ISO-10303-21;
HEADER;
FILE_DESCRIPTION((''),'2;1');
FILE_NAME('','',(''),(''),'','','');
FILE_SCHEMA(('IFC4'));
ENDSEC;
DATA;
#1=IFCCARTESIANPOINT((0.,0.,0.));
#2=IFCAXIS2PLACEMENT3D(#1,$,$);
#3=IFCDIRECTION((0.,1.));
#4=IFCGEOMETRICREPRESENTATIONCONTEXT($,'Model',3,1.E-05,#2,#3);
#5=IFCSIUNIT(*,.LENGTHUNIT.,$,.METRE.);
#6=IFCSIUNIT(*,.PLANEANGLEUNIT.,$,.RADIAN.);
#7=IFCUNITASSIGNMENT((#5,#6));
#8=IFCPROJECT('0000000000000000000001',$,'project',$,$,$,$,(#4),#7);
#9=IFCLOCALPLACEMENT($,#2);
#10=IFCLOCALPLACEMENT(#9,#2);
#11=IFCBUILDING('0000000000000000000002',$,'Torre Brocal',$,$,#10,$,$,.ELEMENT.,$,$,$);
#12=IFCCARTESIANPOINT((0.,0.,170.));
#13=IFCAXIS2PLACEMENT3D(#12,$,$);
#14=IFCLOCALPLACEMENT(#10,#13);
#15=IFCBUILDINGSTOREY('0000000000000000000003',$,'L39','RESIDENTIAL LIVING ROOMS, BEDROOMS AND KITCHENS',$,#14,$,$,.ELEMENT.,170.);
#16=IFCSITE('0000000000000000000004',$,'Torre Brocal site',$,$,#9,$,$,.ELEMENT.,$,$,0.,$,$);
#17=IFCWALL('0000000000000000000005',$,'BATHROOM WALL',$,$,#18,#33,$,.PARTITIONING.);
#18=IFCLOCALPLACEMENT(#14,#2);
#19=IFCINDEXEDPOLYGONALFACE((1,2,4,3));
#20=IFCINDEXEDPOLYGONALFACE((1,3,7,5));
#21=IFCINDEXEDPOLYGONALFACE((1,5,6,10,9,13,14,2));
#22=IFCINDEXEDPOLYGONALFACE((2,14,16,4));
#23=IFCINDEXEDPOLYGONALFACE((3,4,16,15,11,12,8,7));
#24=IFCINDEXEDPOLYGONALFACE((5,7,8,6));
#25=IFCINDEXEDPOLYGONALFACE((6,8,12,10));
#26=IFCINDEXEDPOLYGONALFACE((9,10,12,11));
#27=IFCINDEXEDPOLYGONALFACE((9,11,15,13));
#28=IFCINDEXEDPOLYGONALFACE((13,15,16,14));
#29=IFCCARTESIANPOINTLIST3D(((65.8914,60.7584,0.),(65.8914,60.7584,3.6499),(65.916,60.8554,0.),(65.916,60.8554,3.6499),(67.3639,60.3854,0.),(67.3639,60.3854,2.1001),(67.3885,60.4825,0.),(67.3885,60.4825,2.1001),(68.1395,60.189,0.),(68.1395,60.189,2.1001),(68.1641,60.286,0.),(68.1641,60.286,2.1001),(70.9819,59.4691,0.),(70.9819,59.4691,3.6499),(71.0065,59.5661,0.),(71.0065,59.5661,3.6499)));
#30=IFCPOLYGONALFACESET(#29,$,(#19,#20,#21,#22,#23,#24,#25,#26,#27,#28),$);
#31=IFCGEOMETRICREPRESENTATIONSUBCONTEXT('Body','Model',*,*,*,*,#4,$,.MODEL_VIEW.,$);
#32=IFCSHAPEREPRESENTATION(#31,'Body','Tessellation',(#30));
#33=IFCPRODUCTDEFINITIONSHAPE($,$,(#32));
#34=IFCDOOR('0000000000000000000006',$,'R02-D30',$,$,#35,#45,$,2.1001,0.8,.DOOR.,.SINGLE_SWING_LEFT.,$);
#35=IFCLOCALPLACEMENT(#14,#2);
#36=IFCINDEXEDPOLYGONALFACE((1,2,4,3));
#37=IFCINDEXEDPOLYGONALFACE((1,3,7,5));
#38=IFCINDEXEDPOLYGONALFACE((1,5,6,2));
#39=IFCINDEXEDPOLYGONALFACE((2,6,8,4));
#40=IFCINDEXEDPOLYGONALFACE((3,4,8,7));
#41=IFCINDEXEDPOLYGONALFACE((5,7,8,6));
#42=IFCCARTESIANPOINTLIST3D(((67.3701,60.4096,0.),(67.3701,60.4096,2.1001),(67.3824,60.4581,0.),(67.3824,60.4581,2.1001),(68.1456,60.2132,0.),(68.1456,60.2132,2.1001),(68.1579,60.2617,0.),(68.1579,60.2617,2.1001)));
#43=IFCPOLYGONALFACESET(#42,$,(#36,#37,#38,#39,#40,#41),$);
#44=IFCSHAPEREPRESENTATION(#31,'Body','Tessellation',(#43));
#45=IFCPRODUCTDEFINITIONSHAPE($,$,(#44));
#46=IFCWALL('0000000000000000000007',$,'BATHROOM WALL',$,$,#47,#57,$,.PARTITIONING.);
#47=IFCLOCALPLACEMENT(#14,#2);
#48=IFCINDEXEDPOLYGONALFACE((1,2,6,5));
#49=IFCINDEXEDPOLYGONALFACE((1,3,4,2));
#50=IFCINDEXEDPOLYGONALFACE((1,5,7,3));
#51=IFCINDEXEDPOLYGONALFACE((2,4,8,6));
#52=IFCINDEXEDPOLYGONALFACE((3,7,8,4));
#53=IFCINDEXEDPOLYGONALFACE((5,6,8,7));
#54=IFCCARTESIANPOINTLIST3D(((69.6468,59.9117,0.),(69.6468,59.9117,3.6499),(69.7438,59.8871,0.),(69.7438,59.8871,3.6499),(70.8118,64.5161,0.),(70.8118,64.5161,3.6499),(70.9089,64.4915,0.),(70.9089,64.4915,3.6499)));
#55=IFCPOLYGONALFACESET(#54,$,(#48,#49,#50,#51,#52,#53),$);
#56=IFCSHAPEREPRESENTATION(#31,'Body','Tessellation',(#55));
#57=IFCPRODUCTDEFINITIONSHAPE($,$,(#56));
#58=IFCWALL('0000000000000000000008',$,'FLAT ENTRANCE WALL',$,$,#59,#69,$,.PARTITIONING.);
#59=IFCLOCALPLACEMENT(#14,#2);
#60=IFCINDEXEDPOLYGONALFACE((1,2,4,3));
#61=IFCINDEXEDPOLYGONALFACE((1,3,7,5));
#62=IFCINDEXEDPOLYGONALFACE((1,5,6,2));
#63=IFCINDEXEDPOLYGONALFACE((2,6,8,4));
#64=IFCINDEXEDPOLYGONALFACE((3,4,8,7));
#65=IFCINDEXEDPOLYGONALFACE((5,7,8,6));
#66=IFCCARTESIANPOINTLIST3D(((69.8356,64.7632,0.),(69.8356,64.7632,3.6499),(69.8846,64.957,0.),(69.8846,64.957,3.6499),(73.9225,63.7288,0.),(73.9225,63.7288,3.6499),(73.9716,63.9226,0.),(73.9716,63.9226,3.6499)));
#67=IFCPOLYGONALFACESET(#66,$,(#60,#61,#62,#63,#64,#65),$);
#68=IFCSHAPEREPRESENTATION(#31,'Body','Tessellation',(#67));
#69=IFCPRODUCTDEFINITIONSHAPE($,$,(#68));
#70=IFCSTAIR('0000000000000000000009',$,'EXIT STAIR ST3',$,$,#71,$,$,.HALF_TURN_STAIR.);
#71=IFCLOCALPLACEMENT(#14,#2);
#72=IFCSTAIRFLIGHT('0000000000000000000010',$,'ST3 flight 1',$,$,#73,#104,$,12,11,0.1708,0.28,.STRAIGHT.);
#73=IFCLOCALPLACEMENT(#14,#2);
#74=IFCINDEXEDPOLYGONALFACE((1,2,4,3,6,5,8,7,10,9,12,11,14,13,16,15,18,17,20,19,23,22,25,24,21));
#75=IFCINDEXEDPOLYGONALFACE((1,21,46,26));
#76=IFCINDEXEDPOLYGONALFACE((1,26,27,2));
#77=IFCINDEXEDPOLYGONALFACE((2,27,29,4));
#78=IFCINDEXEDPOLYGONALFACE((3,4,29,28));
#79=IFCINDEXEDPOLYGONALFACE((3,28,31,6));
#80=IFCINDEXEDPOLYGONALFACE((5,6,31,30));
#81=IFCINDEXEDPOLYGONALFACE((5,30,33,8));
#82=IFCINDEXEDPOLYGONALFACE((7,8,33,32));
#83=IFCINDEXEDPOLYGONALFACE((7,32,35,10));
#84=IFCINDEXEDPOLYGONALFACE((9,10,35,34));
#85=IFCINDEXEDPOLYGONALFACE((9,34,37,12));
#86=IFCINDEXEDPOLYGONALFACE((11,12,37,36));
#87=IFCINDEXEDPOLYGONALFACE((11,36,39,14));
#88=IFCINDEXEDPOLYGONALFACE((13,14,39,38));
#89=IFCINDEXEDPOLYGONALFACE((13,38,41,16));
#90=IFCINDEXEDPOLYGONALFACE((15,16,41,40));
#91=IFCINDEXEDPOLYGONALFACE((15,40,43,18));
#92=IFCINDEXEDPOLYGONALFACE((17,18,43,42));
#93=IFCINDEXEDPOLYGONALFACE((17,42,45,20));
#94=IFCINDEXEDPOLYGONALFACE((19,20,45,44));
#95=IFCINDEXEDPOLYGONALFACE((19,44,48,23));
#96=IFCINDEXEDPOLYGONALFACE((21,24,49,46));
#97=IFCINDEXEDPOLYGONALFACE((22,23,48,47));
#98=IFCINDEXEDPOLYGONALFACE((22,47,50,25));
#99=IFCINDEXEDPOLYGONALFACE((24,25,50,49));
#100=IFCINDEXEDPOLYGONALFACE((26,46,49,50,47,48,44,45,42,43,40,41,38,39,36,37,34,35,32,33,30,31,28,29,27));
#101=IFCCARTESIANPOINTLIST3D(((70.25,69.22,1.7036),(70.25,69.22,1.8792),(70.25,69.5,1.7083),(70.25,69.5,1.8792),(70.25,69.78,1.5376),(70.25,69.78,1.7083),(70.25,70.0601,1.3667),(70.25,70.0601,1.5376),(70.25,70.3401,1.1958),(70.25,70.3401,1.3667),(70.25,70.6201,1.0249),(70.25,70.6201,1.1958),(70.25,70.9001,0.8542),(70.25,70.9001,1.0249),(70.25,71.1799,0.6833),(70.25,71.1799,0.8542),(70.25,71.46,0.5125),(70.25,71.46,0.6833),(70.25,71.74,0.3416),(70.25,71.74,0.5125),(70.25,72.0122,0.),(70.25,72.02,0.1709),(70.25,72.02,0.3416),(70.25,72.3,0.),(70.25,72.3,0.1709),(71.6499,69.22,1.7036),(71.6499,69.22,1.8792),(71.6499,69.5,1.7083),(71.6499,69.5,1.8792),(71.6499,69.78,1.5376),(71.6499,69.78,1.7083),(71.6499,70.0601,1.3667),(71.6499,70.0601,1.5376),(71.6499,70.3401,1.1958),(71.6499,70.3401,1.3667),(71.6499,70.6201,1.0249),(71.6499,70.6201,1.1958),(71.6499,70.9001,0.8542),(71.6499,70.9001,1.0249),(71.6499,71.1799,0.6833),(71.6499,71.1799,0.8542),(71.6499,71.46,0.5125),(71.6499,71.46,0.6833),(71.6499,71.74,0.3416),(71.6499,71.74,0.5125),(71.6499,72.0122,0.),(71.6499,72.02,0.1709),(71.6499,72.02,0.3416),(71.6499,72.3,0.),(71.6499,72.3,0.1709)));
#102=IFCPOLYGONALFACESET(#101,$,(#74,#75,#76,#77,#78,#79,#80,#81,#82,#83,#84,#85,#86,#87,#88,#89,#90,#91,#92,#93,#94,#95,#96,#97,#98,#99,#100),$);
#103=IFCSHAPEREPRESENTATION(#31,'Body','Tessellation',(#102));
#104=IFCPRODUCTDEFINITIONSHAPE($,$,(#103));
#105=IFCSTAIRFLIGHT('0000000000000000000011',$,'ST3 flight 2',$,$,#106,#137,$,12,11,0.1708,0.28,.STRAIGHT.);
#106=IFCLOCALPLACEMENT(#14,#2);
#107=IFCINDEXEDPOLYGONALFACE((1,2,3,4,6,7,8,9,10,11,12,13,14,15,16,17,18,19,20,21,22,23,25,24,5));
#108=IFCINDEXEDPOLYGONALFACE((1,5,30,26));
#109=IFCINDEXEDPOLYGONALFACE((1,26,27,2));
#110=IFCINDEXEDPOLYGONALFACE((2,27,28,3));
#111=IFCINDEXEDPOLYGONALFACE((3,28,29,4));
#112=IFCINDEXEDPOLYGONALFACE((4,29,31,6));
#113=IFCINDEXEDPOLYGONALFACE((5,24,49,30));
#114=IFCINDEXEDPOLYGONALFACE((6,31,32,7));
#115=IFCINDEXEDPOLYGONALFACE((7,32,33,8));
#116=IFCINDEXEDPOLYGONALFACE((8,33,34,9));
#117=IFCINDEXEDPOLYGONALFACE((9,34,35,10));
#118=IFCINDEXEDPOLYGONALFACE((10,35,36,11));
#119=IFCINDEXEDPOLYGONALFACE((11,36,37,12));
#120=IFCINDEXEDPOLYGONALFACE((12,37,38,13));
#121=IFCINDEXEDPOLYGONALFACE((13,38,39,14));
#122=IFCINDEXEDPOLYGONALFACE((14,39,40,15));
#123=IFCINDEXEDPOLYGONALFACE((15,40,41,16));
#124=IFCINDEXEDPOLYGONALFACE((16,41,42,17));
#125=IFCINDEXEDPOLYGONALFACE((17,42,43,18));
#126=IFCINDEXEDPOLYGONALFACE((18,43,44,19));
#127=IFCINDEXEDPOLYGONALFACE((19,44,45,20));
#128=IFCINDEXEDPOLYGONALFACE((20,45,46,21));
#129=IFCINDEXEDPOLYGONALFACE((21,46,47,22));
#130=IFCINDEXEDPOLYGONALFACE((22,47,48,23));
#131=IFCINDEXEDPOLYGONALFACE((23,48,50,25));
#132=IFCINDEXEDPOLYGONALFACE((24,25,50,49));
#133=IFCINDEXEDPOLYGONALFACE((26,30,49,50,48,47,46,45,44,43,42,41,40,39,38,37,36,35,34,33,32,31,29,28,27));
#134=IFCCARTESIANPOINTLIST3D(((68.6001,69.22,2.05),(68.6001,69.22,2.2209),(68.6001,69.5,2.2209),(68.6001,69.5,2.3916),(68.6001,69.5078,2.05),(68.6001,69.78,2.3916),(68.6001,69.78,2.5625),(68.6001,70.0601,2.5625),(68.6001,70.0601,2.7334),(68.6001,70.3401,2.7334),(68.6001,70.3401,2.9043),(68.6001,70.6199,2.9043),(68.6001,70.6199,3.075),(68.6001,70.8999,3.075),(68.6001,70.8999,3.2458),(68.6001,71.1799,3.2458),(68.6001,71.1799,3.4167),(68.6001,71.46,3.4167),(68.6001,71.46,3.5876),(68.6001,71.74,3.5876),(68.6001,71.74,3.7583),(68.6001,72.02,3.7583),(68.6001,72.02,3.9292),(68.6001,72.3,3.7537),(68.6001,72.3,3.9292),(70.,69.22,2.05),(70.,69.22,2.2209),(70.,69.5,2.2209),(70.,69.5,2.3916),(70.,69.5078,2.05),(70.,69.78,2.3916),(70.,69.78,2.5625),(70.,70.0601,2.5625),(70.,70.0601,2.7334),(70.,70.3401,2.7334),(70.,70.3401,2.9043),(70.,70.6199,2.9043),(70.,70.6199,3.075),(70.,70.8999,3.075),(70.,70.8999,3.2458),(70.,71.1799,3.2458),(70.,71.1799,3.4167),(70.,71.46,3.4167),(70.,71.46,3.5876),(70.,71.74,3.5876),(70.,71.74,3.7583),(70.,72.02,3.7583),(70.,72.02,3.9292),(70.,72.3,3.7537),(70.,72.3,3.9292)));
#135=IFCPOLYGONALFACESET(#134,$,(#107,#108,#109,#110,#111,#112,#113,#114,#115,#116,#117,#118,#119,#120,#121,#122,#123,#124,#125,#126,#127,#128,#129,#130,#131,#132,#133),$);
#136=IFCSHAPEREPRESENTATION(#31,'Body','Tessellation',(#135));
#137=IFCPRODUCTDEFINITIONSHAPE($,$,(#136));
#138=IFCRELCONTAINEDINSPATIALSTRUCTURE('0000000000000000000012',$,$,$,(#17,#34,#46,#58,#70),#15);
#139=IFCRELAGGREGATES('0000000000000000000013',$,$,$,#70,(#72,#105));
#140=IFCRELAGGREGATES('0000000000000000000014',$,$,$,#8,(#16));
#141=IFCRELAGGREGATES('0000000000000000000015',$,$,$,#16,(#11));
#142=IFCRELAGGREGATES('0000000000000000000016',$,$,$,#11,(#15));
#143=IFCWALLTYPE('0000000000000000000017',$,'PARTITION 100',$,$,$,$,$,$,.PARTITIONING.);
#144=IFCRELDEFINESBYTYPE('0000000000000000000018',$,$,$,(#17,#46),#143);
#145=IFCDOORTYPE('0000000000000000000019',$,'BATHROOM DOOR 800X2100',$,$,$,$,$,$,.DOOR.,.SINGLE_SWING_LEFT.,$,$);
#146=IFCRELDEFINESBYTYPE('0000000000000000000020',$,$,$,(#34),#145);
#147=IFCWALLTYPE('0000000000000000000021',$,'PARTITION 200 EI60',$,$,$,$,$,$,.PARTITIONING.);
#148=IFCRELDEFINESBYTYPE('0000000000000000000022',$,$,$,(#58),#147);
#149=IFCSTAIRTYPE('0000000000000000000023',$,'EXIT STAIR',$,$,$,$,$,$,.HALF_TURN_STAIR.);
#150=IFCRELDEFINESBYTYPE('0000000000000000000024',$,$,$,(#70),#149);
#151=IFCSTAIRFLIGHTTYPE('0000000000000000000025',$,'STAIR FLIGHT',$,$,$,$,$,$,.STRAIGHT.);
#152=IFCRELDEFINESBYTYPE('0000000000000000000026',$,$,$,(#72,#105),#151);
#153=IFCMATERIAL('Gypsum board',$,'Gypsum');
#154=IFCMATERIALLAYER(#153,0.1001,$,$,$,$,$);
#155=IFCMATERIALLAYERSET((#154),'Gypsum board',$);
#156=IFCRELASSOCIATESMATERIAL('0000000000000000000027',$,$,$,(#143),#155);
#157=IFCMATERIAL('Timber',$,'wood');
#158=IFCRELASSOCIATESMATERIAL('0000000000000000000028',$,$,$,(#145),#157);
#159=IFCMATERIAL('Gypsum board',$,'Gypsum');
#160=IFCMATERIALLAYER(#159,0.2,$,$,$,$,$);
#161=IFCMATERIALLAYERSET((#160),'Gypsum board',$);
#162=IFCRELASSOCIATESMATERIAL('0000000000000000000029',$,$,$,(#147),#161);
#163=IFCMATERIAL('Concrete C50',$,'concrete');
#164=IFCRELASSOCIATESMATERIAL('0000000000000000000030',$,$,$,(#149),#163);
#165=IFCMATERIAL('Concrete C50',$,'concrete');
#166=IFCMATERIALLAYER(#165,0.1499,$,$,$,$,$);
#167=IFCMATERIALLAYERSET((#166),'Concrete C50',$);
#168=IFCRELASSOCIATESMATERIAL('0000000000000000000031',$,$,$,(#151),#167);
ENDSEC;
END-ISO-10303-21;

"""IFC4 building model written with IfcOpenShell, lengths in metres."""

from ifc_helpers import new_model, si_unit, direction, frame, frame_2d, origin, place, context, subcontext, project, spatial, polyline, rectangle, outline, extrude, material, layer, layer_set, type_object, element, fill, aggregate, save


model = new_model("IFC4")

# Units and contexts
model_context = context("Model", 3, precision=1e-05, world=origin(), true_north=direction((0.0, 1.0)))
body_context = subcontext(model_context, "Body", "Model", "MODEL_VIEW")
ifc_project = project(units=[si_unit("LENGTHUNIT", "METRE"), si_unit("PLANEANGLEUNIT", "RADIAN")], contexts=[model_context])

# Site, building, storey
site_placement = place(None, origin())
site = spatial("IfcSite", under=ifc_project, at=site_placement, Name="Torre Brocal site", CompositionType="ELEMENT", RefElevation=0.0)
building_placement = place(site_placement, origin())
building = spatial("IfcBuilding", under=site, at=building_placement, Name="Torre Brocal", CompositionType="ELEMENT")
storey_placement = place(building_placement, frame((0.0, 0.0, 170.0)))
storey = spatial("IfcBuildingStorey", under=building, at=storey_placement, Name="L39", Description="RESIDENTIAL LIVING ROOMS, BEDROOMS AND KITCHENS", CompositionType="ELEMENT", Elevation=170.0)

# Wall, opening, door
ifc_material_1 = material(Name="Gypsum board", Category="Gypsum")
ifc_layer_1 = layer(ifc_material_1, 0.1001)
ifc_layer_set_1 = layer_set([ifc_layer_1], Name="Gypsum board")
wall_type_1 = type_object("IfcWallType", Name="PARTITION 100", PredefinedType="PARTITIONING", material=ifc_layer_set_1)
wall_1_placement = place(storey_placement, frame((65.9038, 60.8069, 0.0), z_axis=(0.0, 0.0, 1.0), x_axis=(0.969391, -0.245521, 0.0)))
wall_1 = element("IfcWall", 1, at=wall_1_placement, inside=storey, type_object=wall_type_1, Name="BATHROOM WALL", PredefinedType="PARTITIONING", context=body_context, shape_type="SweptSolid", body=[
    extrude(rectangle(XDim=5.2512, YDim=0.1001, at=frame_2d((2.6255, 0.0))), origin(), (0.0, 0.0, 1.0), 3.6499),
])
opening_1_placement = place(wall_1_placement, frame((1.519, 0.0, 0.0)))
opening_1 = element("IfcOpeningElement", 2, at=opening_1_placement, cuts=wall_1, PredefinedType="OPENING", context=body_context, shape_type="SweptSolid", body=[
    extrude(rectangle(XDim=0.8, YDim=2.1001, at=frame_2d((0.3999, 1.05))), frame((0.0, 0.0601, 0.0), z_axis=(0.0, -1.0, 0.0), x_axis=(1.0, 0.0, 0.0)), (0.0, 0.0, 1.0), 0.1201),
])
ifc_material_2 = material(Name="Timber", Category="wood")
door_type_1 = type_object("IfcDoorType", Name="BATHROOM DOOR 800X2100", OperationType="SINGLE_SWING_LEFT", PredefinedType="DOOR", material=ifc_material_2)
door_1_placement = place(opening_1_placement, origin())
door_1 = element("IfcDoor", 3, at=door_1_placement, inside=storey, type_object=door_type_1, Name="R02-D30", OperationType="SINGLE_SWING_LEFT", OverallHeight=2.1001, OverallWidth=0.8, PredefinedType="DOOR", context=body_context, shape_type="SweptSolid", body=[
    extrude(rectangle(XDim=0.8, YDim=2.1001, at=frame_2d((0.3999, 1.05))), frame((0.0, 0.0249, 0.0), z_axis=(0.0, -1.0, 0.0), x_axis=(1.0, 0.0, 0.0)), (0.0, 0.0, 1.0), 0.05),
])
fill(opening_1, door_1)

# Walls
wall_2_placement = place(storey_placement, frame((69.6953, 59.8994, 0.0), z_axis=(0.0, 0.0, 1.0), x_axis=(0.245292, 0.969449, 0.0)))
element("IfcWall", 4, at=wall_2_placement, inside=storey, type_object=wall_type_1, Name="BATHROOM WALL", PredefinedType="PARTITIONING", context=body_context, shape_type="SweptSolid", body=[
    extrude(rectangle(XDim=4.7495, YDim=0.1001, at=frame_2d((2.3748, 0.0))), origin(), (0.0, 0.0, 1.0), 3.6499),
])
ifc_material_3 = material(Name="Gypsum board", Category="Gypsum")
ifc_layer_2 = layer(ifc_material_3, 0.2)
ifc_layer_set_2 = layer_set([ifc_layer_2], Name="Gypsum board")
wall_type_2 = type_object("IfcWallType", Name="PARTITION 200 EI60", PredefinedType="PARTITIONING", material=ifc_layer_set_2)
wall_3_placement = place(storey_placement, frame((69.8601, 64.8601, 0.0), z_axis=(0.0, 0.0, 1.0), x_axis=(0.96943, -0.245369, 0.0)))
element("IfcWall", 5, at=wall_3_placement, inside=storey, type_object=wall_type_2, Name="FLAT ENTRANCE WALL", PredefinedType="PARTITIONING", context=body_context, shape_type="SweptSolid", body=[
    extrude(rectangle(XDim=4.2158, YDim=0.2, at=frame_2d((2.1079, 0.0))), origin(), (0.0, 0.0, 1.0), 3.6499),
])

# Stair, stair flights
ifc_material_4 = material(Name="Concrete C50", Category="concrete")
stair_type = type_object("IfcStairType", Name="EXIT STAIR", PredefinedType="HALF_TURN_STAIR", material=ifc_material_4)
stair_placement = place(storey_placement, origin())
stair = element("IfcStair", 6, at=stair_placement, inside=storey, type_object=stair_type, Name="EXIT STAIR ST3", PredefinedType="HALF_TURN_STAIR")
ifc_material_5 = material(Name="Concrete C50", Category="concrete")
ifc_layer_3 = layer(ifc_material_5, 0.1499)
ifc_layer_set_3 = layer_set([ifc_layer_3], Name="Concrete C50")
stair_flight_type = type_object("IfcStairFlightType", Name="STAIR FLIGHT", PredefinedType="STRAIGHT", material=ifc_layer_set_3)
stair_flight_1_placement = place(storey_placement, frame((70.95, 72.3, 0.0), z_axis=(0.0, 0.0, 1.0), x_axis=(0.0, -1.0, 0.0)))
stair_flight_1 = element("IfcStairFlight", 7, at=stair_flight_1_placement, type_object=stair_flight_type, Name="ST3 flight 1", NumberOfRisers=12, NumberOfTreads=11, PredefinedType="STRAIGHT", RiserHeight=0.1708, TreadLength=0.28, context=body_context, shape_type="SweptSolid", body=[
    extrude(outline(polyline([(0.0, 0.0), (0.0, 0.1709), (0.28, 0.1709), (0.28, 0.3416), (0.5601, 0.3416), (0.5601, 0.5125), (0.8401, 0.5125), (0.8401, 0.6833), (1.1201, 0.6833), (1.1201, 0.8542), (1.3999, 0.8542), (1.3999, 1.0249), (1.6799, 1.0249), (1.6799, 1.1958), (1.96, 1.1958), (1.96, 1.3667), (2.24, 1.3667), (2.24, 1.5376), (2.52, 1.5376), (2.52, 1.7083), (2.8, 1.7083), (2.8, 1.8792), (3.0801, 1.8792), (3.0801, 2.05), (3.0801, 1.7036), (0.2878, 0.0), (0.0, 0.0)])), frame((0.0, 0.7, 0.0), z_axis=(0.0, -1.0, 0.0), x_axis=(1.0, 0.0, 0.0)), (0.0, 0.0, 1.0), 1.3999),
])
stair_flight_2_placement = place(storey_placement, frame((69.3, 69.22, 2.05), z_axis=(0.0, 0.0, 1.0), x_axis=(0.0, 1.0, 0.0)))
stair_flight_2 = element("IfcStairFlight", 8, at=stair_flight_2_placement, type_object=stair_flight_type, Name="ST3 flight 2", NumberOfRisers=12, NumberOfTreads=11, PredefinedType="STRAIGHT", RiserHeight=0.1708, TreadLength=0.28, context=body_context, shape_type="SweptSolid", body=[
    extrude(outline(polyline([(0.0, 0.0), (0.0, 0.1709), (0.28, 0.1709), (0.28, 0.3416), (0.5601, 0.3416), (0.5601, 0.5125), (0.8401, 0.5125), (0.8401, 0.6833), (1.1201, 0.6833), (1.1201, 0.8542), (1.3999, 0.8542), (1.3999, 1.0249), (1.6799, 1.0249), (1.6799, 1.1958), (1.96, 1.1958), (1.96, 1.3667), (2.24, 1.3667), (2.24, 1.5376), (2.52, 1.5376), (2.52, 1.7083), (2.8, 1.7083), (2.8, 1.8792), (3.0801, 1.8792), (3.0801, 2.05), (3.0801, 1.7036), (0.2878, 0.0), (0.0, 0.0)])), frame((0.0, 0.7, 0.0), z_axis=(0.0, -1.0, 0.0), x_axis=(1.0, 0.0, 0.0)), (0.0, 0.0, 1.0), 1.3999),
])
aggregate(stair, [stair_flight_1, stair_flight_2])

save(model, "model.ifc")
